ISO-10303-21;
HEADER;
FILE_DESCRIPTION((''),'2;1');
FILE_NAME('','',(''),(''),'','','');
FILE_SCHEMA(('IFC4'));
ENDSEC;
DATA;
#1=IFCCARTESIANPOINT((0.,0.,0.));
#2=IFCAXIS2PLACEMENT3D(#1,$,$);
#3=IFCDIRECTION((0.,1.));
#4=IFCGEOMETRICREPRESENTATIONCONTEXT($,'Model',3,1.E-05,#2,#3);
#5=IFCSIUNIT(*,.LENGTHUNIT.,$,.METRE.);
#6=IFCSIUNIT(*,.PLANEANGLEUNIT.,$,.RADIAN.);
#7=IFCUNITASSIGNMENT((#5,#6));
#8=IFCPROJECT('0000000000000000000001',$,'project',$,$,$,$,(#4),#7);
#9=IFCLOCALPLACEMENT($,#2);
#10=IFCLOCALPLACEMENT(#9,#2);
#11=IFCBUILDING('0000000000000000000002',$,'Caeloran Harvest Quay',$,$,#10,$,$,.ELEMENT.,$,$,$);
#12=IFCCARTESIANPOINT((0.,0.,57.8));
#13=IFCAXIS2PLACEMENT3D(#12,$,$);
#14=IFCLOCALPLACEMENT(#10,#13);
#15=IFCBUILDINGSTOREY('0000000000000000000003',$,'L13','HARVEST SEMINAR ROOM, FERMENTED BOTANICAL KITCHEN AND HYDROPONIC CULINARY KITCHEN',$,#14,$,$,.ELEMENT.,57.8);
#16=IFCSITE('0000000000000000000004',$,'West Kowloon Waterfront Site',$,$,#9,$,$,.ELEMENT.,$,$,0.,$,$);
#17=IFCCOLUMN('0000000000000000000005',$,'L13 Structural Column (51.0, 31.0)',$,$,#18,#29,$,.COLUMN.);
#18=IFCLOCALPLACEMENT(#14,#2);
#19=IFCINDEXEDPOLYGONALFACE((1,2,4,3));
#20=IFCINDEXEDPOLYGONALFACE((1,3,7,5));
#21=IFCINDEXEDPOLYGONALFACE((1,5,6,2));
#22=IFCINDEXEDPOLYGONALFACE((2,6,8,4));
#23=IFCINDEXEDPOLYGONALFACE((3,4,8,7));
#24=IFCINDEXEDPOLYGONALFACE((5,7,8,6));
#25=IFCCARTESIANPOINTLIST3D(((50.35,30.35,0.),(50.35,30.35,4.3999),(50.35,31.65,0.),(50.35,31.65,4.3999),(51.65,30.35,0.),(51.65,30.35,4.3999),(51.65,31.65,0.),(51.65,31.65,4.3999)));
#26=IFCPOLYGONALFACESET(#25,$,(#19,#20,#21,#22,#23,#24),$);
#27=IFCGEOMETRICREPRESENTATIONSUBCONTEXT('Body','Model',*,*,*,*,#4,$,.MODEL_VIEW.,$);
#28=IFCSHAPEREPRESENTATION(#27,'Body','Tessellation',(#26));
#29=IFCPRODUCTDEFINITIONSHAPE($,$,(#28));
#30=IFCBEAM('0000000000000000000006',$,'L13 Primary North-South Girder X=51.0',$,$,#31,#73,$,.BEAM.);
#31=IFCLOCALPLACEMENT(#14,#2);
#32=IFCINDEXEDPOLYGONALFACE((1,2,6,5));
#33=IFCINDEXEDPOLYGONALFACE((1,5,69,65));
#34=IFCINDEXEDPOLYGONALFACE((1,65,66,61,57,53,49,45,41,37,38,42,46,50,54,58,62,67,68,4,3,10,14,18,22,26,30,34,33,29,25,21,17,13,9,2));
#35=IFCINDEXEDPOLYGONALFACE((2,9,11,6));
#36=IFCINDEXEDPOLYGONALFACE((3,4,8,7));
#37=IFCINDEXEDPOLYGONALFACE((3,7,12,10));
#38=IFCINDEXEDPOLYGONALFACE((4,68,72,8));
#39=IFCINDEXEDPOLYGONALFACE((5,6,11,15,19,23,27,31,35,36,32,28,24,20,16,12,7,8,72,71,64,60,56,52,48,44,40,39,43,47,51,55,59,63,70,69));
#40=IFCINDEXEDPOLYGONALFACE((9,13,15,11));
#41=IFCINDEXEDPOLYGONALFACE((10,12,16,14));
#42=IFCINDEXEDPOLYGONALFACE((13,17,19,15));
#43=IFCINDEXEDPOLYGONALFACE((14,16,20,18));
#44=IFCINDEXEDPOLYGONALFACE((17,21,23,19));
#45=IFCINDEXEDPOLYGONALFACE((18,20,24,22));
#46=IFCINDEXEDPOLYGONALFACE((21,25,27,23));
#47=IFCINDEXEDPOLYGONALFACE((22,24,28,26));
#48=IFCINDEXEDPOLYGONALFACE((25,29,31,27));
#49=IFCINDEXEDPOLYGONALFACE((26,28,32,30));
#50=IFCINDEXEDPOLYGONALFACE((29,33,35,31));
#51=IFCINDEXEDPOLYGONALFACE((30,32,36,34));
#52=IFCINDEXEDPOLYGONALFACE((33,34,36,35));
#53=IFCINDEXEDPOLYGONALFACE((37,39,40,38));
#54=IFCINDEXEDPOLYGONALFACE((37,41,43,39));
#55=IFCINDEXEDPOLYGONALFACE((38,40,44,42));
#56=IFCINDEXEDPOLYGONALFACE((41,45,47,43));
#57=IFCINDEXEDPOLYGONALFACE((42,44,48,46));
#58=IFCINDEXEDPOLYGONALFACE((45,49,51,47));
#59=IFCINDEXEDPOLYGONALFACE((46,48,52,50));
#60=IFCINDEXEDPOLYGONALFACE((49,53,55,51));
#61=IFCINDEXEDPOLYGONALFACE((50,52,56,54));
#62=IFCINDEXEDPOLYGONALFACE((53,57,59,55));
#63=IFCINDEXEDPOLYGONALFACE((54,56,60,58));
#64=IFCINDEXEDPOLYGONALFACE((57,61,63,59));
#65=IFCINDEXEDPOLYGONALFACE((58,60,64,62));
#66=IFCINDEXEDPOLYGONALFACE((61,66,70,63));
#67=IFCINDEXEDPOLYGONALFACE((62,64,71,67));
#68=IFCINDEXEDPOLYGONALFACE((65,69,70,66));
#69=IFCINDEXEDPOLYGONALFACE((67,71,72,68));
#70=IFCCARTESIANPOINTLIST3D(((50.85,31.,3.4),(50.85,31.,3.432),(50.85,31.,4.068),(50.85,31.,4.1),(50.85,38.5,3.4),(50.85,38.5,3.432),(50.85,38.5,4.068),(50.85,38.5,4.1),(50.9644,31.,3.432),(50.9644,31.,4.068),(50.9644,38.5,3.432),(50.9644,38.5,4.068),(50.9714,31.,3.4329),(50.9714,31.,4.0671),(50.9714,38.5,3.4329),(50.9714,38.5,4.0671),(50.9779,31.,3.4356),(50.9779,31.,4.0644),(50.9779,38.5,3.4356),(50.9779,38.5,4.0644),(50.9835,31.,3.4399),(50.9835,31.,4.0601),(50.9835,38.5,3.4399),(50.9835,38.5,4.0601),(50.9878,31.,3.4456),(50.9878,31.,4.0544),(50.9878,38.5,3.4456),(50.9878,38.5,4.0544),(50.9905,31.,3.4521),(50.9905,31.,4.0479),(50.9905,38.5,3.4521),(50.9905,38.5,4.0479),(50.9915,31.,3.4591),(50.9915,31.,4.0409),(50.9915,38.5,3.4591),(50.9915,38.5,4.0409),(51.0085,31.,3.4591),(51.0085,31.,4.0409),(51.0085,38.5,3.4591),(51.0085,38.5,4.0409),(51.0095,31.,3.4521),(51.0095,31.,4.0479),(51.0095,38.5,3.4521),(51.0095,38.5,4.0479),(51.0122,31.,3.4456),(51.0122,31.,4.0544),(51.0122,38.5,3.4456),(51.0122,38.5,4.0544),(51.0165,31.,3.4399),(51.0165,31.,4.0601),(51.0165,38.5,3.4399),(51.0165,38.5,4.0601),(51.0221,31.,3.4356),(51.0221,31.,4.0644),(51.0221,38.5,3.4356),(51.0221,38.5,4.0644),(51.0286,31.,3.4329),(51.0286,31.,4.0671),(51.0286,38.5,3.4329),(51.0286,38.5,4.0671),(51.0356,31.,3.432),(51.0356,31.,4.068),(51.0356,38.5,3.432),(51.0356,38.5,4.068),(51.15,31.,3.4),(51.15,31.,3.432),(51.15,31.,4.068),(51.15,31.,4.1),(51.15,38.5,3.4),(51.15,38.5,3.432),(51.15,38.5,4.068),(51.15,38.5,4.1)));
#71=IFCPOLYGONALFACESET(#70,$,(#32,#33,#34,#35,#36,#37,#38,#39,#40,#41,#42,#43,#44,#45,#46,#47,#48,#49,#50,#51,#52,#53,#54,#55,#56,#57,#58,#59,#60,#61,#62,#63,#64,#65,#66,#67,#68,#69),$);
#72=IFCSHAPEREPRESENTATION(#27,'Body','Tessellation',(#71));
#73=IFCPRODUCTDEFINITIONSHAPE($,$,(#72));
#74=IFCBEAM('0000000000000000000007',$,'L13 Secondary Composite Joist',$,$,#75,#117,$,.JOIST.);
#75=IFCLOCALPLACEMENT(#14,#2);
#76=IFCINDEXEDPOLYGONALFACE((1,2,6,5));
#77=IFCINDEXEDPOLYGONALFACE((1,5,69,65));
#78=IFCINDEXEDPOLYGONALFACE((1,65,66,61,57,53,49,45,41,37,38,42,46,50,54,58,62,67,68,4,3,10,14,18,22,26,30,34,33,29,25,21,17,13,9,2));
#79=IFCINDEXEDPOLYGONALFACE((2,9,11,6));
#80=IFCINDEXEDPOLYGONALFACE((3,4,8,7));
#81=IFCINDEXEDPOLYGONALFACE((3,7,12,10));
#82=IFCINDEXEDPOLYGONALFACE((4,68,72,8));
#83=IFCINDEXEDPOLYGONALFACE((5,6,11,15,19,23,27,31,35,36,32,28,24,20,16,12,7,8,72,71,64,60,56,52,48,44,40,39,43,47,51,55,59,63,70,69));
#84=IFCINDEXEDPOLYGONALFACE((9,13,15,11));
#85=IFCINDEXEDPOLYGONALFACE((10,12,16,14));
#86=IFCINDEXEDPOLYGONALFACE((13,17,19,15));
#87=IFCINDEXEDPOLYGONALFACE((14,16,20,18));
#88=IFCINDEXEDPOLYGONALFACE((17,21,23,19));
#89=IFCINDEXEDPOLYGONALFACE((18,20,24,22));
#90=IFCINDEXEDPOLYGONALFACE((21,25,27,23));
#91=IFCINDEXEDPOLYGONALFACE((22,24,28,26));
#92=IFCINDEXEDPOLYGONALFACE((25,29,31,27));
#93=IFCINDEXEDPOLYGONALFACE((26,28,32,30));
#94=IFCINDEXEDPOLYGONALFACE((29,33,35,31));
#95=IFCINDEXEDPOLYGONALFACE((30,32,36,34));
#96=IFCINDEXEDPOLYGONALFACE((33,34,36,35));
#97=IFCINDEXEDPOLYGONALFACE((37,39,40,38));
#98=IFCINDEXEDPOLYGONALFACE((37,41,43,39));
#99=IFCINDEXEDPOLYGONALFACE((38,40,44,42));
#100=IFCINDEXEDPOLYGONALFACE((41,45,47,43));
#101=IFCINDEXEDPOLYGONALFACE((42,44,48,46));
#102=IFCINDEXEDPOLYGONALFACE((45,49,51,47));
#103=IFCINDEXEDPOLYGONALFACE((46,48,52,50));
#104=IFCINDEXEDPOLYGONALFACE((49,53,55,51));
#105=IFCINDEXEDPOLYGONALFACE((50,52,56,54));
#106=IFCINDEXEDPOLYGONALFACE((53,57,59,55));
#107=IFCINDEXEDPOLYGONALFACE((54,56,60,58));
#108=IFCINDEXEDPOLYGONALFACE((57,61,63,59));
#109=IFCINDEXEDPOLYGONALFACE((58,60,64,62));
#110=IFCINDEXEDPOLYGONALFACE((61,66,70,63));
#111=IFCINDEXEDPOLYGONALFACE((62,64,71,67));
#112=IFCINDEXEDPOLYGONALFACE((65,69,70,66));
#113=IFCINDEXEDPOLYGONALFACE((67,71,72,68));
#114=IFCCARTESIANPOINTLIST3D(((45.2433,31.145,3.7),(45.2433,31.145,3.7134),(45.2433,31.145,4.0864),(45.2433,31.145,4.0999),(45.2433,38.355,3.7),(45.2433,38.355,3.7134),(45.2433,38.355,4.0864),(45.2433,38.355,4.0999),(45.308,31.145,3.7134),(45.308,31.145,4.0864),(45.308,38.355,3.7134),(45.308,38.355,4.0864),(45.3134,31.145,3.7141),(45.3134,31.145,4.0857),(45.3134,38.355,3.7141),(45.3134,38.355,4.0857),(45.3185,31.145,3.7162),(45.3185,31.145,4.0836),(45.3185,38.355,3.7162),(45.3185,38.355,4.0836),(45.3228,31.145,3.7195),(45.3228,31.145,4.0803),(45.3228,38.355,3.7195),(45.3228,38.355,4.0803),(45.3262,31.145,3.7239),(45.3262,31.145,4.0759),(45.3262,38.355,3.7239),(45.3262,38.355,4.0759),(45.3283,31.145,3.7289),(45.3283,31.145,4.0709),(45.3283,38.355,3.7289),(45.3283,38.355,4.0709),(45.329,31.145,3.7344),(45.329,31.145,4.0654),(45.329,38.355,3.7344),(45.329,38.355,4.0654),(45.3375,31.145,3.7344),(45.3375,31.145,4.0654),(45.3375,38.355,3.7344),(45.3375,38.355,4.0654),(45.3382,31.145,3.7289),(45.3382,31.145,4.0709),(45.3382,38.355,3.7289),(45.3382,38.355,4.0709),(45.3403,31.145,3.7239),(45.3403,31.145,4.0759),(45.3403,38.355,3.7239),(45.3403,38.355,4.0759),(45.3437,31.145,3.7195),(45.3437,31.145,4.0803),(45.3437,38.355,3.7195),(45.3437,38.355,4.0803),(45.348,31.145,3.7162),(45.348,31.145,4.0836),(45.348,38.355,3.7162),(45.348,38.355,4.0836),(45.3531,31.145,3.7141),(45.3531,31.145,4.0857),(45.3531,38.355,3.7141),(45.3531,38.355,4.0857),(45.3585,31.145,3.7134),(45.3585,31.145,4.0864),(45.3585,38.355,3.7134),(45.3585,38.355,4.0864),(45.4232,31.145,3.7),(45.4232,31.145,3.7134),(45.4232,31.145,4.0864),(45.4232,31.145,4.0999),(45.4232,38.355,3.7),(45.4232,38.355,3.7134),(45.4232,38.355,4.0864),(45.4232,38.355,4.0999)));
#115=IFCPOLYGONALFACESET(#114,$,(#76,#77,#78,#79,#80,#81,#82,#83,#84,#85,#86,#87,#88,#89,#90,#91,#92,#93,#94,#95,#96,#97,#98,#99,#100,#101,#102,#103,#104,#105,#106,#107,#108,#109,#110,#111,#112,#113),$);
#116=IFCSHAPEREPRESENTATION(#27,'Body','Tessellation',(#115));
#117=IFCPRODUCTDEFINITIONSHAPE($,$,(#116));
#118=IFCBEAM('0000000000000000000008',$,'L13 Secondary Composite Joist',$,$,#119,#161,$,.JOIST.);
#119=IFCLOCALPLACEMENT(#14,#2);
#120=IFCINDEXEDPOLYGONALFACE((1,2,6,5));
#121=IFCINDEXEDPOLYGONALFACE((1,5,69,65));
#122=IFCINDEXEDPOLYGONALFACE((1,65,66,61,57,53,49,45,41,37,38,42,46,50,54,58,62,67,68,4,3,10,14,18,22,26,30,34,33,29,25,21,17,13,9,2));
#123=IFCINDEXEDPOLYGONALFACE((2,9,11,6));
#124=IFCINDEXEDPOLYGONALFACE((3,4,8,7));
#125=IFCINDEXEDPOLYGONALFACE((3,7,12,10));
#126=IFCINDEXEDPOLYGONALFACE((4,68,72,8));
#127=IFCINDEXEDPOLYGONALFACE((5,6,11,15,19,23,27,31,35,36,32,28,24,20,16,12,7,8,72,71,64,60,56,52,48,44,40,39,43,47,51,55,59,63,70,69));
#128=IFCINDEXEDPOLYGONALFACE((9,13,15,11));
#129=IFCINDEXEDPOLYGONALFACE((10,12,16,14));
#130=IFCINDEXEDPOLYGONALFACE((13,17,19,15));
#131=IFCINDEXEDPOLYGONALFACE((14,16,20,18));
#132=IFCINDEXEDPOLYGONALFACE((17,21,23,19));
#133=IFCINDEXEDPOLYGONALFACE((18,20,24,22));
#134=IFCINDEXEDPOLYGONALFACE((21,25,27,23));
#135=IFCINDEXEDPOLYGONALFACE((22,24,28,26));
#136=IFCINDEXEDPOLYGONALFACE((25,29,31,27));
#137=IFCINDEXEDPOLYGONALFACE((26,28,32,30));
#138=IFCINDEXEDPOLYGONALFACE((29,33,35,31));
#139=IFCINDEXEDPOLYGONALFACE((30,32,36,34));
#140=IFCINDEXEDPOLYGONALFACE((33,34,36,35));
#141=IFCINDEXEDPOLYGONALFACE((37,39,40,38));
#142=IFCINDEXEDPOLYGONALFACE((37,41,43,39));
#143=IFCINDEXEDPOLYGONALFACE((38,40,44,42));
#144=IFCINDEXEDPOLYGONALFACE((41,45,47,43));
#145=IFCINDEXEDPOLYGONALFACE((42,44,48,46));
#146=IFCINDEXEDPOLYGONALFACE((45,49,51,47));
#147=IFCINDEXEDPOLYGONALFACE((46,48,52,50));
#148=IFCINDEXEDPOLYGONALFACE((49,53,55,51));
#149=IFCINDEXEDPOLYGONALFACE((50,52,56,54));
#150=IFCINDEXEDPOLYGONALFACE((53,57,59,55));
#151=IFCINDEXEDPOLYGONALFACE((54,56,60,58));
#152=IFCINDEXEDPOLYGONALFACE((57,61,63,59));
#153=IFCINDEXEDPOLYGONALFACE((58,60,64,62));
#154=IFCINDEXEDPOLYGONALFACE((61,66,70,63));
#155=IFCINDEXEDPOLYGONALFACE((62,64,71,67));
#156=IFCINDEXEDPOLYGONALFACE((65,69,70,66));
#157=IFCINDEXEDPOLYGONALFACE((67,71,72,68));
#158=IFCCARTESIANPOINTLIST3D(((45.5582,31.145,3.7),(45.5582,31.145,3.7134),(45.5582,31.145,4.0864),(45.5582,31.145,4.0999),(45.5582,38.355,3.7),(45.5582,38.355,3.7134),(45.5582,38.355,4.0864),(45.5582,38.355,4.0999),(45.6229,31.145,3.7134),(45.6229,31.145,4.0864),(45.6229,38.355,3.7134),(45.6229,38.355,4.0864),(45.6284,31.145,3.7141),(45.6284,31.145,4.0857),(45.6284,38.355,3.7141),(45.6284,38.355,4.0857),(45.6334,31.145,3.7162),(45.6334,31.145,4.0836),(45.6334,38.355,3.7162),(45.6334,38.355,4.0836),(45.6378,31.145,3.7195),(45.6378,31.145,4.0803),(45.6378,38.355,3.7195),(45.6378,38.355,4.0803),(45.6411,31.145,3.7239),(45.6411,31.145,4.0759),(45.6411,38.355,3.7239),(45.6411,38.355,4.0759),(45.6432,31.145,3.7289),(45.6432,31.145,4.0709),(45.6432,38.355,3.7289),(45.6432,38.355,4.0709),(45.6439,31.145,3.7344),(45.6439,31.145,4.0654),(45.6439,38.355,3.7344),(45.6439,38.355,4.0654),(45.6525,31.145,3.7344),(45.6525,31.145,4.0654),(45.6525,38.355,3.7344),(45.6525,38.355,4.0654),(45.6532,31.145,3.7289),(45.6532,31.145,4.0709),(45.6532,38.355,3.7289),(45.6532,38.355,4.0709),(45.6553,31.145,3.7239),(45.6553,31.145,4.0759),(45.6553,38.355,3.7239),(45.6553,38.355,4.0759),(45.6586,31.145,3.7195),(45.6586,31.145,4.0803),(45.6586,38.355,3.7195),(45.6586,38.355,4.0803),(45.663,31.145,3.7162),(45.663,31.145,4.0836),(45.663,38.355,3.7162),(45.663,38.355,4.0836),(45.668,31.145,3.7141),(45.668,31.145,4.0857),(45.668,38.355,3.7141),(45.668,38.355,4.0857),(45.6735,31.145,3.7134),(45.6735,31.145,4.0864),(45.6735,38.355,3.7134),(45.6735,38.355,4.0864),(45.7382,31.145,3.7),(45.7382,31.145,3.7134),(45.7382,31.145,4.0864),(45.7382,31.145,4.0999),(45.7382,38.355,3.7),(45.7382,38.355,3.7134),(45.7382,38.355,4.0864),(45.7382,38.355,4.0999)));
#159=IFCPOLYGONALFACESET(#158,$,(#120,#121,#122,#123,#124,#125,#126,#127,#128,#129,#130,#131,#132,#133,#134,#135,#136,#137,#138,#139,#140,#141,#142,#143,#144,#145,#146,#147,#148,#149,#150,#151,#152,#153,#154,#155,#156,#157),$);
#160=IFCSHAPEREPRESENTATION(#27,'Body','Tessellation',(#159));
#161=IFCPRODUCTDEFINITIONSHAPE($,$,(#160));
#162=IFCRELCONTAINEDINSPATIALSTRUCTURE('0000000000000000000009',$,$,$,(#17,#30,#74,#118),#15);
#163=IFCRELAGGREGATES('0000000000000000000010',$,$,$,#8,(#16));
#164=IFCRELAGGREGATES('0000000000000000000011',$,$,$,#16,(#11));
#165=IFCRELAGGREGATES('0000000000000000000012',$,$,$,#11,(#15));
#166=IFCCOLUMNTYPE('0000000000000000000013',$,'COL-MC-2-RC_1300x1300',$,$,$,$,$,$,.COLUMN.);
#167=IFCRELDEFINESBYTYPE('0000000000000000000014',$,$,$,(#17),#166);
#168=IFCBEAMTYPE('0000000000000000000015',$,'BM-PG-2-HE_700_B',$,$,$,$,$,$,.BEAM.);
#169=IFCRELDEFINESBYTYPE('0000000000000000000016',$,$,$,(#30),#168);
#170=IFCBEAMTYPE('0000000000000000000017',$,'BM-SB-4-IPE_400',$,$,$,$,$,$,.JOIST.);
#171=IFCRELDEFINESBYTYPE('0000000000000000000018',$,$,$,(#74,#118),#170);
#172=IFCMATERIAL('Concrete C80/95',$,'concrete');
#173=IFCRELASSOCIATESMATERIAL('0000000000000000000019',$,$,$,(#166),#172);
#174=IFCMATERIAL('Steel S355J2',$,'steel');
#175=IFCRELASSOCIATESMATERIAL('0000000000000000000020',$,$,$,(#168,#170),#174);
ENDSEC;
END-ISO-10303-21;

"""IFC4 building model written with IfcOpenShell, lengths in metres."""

from ifc_helpers import new_model, si_unit, direction, frame, origin, origin_2d, place, context, subcontext, project, spatial, rectangle, i_section, extrude, material, material_profile, profile_set, type_object, element, save


model = new_model("IFC4")

# Units and contexts
model_context = context("Model", 3, precision=1e-05, world=origin(), true_north=direction((0.0, 1.0)))
body_context = subcontext(model_context, "Body", "Model", "MODEL_VIEW")
ifc_project = project(units=[si_unit("LENGTHUNIT", "METRE"), si_unit("PLANEANGLEUNIT", "RADIAN")], contexts=[model_context])

# Site, building, storey
site_placement = place(None, origin())
site = spatial("IfcSite", under=ifc_project, at=site_placement, Name="West Kowloon Waterfront Site", CompositionType="ELEMENT", RefElevation=0.0)
building_placement = place(site_placement, origin())
building = spatial("IfcBuilding", under=site, at=building_placement, Name="Caeloran Harvest Quay", CompositionType="ELEMENT")
storey_placement = place(building_placement, frame((0.0, 0.0, 57.8)))
storey = spatial("IfcBuildingStorey", under=building, at=storey_placement, Name="L13", Description="HARVEST SEMINAR ROOM, FERMENTED BOTANICAL KITCHEN AND HYDROPONIC CULINARY KITCHEN", CompositionType="ELEMENT", Elevation=57.8)

# Column
ifc_material_1 = material(Name="Concrete C80/95", Category="concrete")
ifc_material_profile_1 = material_profile(ifc_material_1, rectangle(XDim=1.3, YDim=1.3, at=origin_2d()), Name="RC 1300x1300")
ifc_profile_set_1 = profile_set([ifc_material_profile_1], Name="Concrete C80/95")
column_type = type_object("IfcColumnType", Name="COL-MC-2-RC_1300x1300", PredefinedType="COLUMN", material=ifc_profile_set_1)
column_placement = place(storey_placement, frame((51.0, 31.0, 0.0), z_axis=(0.0, 0.0, 1.0), x_axis=(1.0, 0.0, 0.0)))
element("IfcColumn", 1, at=column_placement, inside=storey, type_object=column_type, Name="L13 Structural Column (51.0, 31.0)", PredefinedType="COLUMN", context=body_context, shape_type="SweptSolid", body=[
    extrude(rectangle(XDim=1.3, YDim=1.3, at=origin_2d()), origin(), (0.0, 0.0, 1.0), 4.3999),
])

# Beams
ifc_material_2 = material(Name="Steel S355J2", Category="steel")
ifc_material_profile_2 = material_profile(ifc_material_2, i_section(OverallWidth=0.3, OverallDepth=0.7, WebThickness=0.0171, FlangeThickness=0.032, FilletRadius=0.0271, at=origin_2d()), Name="HE 700 B")
ifc_profile_set_2 = profile_set([ifc_material_profile_2], Name="Steel S355J2")
beam_type_1 = type_object("IfcBeamType", Name="BM-PG-2-HE_700_B", PredefinedType="BEAM", material=ifc_profile_set_2)
beam_placement = place(storey_placement, frame((51.0, 31.0, 3.75), z_axis=(0.0, 1.0, 0.0), x_axis=(-1.0, 0.0, 0.0)))
element("IfcBeam", 2, at=beam_placement, inside=storey, type_object=beam_type_1, Name="L13 Primary North-South Girder X=51.0", PredefinedType="BEAM", context=body_context, shape_type="SweptSolid", body=[
    extrude(i_section(OverallWidth=0.3, OverallDepth=0.7, WebThickness=0.0171, FlangeThickness=0.032, FilletRadius=0.0271, at=origin_2d()), origin(), (0.0, 0.0, 1.0), 7.5),
])
ifc_material_profile_3 = material_profile(ifc_material_2, i_section(OverallWidth=0.1799, OverallDepth=0.3999, WebThickness=0.0085, FlangeThickness=0.0134, FilletRadius=0.021, at=origin_2d()), Name="IPE 400")
ifc_profile_set_3 = profile_set([ifc_material_profile_3], Name="Steel S355J2")
beam_type_2 = type_object("IfcBeamType", Name="BM-SB-4-IPE_400", PredefinedType="JOIST", material=ifc_profile_set_3)
for number, where, z_axis, x_axis, name in (
    (3, (45.3333, 31.145, 3.8999), (0.0, 1.0, 0.0), (-1.0, 0.0, 0.0), "L13 Secondary Composite Joist"),
    (4, (45.6482, 31.145, 3.8999), (0.0, 1.0, 0.0), (-1.0, 0.0, 0.0), "L13 Secondary Composite Joist"),
):
    element("IfcBeam", number, at=place(storey_placement, frame(where, z_axis=z_axis, x_axis=x_axis)), inside=storey, type_object=beam_type_2, Name=name, PredefinedType="JOIST", context=body_context, shape_type="SweptSolid", body=[
        extrude(i_section(OverallWidth=0.1799, OverallDepth=0.3999, WebThickness=0.0085, FlangeThickness=0.0134, FilletRadius=0.021, at=origin_2d()), origin(), (0.0, 0.0, 1.0), 7.21),
    ])

save(model, "model.ifc")
